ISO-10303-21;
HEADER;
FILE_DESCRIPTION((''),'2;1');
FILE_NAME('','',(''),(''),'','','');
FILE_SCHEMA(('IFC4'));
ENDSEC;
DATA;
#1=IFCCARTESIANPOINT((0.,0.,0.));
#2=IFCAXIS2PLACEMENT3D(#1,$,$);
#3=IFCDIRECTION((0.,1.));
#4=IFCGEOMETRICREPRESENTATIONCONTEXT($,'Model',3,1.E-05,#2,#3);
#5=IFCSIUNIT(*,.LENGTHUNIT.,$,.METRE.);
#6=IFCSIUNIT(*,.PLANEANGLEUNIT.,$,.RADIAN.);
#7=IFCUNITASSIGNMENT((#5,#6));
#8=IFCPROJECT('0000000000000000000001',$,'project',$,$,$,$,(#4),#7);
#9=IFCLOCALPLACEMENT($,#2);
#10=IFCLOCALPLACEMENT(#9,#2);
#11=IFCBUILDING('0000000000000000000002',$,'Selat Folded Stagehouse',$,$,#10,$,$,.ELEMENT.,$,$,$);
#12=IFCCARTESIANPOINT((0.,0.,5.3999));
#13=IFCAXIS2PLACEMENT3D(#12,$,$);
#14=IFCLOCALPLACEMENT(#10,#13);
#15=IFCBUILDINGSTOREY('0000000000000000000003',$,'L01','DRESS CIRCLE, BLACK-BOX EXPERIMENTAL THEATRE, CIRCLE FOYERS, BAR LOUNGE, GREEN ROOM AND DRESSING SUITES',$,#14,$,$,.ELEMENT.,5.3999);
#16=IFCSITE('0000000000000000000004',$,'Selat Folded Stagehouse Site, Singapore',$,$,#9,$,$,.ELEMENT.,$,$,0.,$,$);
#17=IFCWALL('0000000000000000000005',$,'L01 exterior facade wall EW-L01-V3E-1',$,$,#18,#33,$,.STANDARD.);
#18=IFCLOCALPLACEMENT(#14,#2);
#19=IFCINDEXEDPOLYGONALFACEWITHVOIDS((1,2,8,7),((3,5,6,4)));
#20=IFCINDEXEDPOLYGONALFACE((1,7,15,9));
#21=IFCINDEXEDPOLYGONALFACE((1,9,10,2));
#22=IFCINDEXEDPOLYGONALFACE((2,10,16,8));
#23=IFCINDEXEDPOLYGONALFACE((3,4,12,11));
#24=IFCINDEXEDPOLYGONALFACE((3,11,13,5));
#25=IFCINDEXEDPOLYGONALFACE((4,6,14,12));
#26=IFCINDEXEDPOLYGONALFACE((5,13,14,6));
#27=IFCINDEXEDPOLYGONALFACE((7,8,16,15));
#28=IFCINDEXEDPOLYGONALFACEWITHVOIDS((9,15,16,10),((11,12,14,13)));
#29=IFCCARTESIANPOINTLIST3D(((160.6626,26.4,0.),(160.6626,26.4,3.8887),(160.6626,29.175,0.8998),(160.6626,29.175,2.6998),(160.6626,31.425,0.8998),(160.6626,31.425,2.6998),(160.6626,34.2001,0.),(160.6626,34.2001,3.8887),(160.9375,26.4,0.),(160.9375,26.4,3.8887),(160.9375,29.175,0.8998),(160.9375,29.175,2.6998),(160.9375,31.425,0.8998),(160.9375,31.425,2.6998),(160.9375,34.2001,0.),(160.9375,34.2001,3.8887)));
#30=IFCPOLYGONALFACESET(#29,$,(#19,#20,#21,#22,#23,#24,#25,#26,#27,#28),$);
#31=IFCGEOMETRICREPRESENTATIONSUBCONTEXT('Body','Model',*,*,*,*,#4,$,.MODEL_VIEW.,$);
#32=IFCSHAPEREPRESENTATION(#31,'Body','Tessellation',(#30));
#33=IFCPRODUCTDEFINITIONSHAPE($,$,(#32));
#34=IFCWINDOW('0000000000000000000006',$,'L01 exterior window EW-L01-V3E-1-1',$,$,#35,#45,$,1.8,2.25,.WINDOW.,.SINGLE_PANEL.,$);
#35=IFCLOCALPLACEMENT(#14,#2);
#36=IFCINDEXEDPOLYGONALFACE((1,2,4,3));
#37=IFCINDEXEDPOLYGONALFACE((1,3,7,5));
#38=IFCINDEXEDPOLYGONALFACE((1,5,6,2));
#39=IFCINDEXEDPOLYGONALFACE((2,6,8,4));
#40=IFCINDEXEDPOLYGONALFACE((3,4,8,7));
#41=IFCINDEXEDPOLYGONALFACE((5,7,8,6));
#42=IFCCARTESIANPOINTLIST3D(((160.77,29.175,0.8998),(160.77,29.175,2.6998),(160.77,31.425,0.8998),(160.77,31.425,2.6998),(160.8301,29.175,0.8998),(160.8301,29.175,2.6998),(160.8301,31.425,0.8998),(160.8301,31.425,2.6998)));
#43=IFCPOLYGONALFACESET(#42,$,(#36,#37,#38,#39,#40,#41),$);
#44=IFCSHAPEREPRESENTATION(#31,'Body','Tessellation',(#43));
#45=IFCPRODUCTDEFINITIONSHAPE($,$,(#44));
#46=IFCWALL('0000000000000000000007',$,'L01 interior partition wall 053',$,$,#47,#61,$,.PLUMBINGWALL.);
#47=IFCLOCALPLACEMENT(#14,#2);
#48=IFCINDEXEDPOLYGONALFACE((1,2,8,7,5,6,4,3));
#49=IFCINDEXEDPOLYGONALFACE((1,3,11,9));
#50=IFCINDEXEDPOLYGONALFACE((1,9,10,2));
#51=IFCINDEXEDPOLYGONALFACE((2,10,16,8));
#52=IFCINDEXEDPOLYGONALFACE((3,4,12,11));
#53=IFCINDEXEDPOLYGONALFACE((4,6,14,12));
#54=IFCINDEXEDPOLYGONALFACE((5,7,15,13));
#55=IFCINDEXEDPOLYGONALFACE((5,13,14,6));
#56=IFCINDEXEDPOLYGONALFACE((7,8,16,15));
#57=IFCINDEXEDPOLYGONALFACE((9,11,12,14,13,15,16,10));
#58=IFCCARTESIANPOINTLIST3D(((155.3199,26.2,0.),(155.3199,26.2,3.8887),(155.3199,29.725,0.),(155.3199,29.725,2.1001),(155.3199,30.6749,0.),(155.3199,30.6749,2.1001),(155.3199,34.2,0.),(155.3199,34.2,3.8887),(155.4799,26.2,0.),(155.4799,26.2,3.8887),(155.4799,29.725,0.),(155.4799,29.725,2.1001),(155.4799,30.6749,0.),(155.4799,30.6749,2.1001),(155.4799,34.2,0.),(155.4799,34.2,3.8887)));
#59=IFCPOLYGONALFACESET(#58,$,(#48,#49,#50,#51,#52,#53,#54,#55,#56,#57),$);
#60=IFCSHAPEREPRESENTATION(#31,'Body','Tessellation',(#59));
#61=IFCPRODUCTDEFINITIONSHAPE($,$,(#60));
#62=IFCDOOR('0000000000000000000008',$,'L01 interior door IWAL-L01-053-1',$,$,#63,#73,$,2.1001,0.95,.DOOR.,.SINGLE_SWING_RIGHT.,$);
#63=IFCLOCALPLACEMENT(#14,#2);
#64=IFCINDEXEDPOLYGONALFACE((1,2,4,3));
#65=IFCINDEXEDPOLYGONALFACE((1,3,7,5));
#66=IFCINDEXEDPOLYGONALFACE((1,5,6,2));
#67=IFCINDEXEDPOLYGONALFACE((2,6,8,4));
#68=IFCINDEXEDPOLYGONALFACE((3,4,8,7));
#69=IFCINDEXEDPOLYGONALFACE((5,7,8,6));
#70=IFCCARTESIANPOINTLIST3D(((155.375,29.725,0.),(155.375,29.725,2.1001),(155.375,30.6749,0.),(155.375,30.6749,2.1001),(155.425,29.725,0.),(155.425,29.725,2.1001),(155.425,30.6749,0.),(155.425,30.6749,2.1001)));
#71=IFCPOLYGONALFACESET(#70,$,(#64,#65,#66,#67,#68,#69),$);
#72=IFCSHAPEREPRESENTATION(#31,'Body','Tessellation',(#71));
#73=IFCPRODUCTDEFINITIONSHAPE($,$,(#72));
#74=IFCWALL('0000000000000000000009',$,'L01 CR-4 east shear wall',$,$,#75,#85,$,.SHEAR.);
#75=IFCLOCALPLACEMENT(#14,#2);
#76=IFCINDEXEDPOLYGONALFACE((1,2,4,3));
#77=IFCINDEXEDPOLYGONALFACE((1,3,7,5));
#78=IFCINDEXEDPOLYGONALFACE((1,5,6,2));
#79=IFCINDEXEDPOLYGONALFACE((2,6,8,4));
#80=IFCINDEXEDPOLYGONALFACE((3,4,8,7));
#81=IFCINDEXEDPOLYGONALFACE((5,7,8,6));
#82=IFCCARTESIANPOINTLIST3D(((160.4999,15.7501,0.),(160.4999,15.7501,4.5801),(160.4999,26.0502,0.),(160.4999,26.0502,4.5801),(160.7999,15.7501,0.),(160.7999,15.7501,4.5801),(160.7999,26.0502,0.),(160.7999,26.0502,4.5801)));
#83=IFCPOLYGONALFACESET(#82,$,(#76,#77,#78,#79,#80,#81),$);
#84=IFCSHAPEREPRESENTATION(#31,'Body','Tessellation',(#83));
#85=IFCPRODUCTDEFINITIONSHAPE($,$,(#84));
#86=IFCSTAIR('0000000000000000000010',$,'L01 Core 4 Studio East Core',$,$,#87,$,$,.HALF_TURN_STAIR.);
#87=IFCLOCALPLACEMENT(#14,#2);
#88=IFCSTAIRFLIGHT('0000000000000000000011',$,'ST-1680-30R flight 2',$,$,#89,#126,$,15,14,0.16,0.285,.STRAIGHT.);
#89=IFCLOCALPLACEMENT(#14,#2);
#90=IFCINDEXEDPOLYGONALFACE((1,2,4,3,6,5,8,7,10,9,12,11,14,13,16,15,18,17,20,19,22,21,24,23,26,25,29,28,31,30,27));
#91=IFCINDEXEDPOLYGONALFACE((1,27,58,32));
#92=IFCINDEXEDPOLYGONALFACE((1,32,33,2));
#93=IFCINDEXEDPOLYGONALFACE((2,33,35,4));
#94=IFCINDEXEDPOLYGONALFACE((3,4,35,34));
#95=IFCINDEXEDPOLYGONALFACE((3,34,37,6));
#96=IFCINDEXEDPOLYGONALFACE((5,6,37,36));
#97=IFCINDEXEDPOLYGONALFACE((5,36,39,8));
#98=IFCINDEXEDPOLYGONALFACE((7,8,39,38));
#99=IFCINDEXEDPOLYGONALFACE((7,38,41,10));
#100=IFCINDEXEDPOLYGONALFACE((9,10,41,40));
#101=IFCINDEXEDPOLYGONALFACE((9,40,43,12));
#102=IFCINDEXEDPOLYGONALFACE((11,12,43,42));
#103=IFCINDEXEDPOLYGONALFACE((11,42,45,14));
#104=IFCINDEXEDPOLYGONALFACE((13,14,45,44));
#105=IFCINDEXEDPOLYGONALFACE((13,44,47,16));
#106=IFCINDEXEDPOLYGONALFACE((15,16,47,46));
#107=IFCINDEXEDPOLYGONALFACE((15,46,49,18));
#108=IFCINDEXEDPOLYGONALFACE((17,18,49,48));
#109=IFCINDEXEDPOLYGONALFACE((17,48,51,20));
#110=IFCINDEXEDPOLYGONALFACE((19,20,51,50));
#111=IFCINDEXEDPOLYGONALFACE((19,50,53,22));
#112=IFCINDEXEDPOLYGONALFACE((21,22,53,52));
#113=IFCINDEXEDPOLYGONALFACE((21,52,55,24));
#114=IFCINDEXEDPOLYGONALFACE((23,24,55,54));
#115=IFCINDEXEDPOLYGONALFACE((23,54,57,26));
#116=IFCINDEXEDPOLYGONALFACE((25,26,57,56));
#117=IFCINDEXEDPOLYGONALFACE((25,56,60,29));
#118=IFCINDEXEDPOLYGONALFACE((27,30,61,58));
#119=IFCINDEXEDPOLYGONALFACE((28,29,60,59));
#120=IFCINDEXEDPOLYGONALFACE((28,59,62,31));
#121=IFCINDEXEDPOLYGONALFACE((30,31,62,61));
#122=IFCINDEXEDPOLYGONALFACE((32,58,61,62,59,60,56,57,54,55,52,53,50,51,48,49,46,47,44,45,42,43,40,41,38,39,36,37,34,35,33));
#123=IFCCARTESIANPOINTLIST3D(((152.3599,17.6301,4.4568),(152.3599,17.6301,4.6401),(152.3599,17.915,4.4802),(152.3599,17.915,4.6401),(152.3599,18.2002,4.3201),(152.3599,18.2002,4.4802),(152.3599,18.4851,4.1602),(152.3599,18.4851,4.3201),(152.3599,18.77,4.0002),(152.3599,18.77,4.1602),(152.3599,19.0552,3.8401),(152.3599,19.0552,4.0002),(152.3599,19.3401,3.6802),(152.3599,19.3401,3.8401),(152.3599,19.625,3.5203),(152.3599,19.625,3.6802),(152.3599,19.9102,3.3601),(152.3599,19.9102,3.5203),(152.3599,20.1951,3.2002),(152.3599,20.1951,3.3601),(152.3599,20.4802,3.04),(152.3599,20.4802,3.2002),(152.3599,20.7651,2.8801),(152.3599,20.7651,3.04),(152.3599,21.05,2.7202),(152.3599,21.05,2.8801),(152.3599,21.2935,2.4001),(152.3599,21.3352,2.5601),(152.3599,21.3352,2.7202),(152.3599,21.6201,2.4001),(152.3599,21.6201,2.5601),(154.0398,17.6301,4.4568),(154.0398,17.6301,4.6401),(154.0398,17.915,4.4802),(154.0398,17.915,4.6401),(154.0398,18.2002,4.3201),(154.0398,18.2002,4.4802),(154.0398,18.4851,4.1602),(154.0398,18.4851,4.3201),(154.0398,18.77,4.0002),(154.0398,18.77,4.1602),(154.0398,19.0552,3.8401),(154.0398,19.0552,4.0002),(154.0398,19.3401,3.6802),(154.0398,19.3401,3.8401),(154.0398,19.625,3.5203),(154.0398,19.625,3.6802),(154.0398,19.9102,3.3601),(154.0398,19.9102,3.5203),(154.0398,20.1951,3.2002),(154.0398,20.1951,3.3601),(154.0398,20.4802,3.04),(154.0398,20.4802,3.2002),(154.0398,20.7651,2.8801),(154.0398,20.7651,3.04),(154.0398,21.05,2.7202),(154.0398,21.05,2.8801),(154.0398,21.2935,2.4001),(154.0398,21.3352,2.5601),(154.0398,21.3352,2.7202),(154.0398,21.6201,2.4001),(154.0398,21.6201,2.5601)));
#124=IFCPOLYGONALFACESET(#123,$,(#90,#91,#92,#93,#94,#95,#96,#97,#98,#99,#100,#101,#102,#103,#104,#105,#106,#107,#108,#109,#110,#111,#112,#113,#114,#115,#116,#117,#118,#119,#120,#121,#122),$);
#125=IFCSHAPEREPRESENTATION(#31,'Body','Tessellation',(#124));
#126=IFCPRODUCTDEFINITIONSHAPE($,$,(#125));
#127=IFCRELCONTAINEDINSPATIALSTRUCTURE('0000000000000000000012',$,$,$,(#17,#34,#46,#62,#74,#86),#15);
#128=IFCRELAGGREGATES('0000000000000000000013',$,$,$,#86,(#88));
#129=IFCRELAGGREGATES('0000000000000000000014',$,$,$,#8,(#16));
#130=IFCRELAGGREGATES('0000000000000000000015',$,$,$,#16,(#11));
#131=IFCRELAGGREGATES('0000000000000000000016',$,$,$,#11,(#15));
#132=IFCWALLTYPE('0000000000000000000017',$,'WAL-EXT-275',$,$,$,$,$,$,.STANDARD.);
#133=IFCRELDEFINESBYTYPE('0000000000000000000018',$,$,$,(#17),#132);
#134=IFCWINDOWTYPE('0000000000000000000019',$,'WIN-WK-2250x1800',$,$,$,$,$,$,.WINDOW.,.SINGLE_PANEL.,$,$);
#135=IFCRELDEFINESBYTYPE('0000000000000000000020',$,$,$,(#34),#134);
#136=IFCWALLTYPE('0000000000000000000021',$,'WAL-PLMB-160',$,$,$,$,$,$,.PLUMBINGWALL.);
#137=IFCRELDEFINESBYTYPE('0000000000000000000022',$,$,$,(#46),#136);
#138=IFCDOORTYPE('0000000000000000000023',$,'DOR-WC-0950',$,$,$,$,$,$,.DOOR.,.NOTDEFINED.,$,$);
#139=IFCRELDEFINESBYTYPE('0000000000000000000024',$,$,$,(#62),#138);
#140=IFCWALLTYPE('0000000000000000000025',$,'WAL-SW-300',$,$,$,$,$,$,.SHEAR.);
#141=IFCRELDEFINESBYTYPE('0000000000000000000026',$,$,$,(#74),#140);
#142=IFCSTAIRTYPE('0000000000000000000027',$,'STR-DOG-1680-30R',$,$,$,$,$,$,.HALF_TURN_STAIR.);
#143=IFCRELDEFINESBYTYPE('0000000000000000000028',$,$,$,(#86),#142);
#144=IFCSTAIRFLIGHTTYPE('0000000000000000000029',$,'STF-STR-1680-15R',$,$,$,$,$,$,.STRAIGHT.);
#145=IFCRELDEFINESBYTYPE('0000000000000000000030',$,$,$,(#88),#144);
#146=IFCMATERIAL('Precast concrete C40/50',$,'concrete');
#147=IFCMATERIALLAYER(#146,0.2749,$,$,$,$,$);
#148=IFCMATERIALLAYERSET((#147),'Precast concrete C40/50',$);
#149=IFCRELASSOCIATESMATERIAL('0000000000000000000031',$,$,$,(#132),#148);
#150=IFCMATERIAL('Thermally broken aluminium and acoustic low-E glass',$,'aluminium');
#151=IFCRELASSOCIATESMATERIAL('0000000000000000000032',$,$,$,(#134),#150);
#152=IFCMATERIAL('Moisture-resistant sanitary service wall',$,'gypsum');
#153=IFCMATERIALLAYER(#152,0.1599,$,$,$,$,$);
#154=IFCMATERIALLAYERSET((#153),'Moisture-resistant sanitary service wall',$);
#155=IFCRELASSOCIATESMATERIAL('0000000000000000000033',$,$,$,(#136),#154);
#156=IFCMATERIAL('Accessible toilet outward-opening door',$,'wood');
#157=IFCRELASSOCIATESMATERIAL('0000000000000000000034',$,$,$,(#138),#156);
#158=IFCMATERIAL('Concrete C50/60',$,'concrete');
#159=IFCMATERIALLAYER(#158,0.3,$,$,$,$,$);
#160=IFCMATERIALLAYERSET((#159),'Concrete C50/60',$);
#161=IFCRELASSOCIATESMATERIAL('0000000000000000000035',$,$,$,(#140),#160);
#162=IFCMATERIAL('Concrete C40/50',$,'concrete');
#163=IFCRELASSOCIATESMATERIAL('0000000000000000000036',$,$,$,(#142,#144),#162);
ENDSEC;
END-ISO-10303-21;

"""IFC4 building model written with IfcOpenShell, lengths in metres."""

from ifc_helpers import new_model, si_unit, direction, frame, frame_2d, origin, place, context, subcontext, project, spatial, polyline, rectangle, outline, extrude, material, layer, layer_set, type_object, element, fill, aggregate, save


model = new_model("IFC4")

# Units and contexts
model_context = context("Model", 3, precision=1e-05, world=origin(), true_north=direction((0.0, 1.0)))
body_context = subcontext(model_context, "Body", "Model", "MODEL_VIEW")
ifc_project = project(units=[si_unit("LENGTHUNIT", "METRE"), si_unit("PLANEANGLEUNIT", "RADIAN")], contexts=[model_context])

# Site, building, storey
site_placement = place(None, origin())
site = spatial("IfcSite", under=ifc_project, at=site_placement, Name="Selat Folded Stagehouse Site, Singapore", CompositionType="ELEMENT", RefElevation=0.0)
building_placement = place(site_placement, origin())
building = spatial("IfcBuilding", under=site, at=building_placement, Name="Selat Folded Stagehouse", CompositionType="ELEMENT")
storey_placement = place(building_placement, frame((0.0, 0.0, 5.3999)))
storey = spatial("IfcBuildingStorey", under=building, at=storey_placement, Name="L01", Description="DRESS CIRCLE, BLACK-BOX EXPERIMENTAL THEATRE, CIRCLE FOYERS, BAR LOUNGE, GREEN ROOM AND DRESSING SUITES", CompositionType="ELEMENT", Elevation=5.3999)

# Shared definitions
ifc_material_1 = material(Name="Concrete C40/50", Category="concrete")
ifc_material_2 = material(Name="Concrete C50/60", Category="concrete")

# Wall, opening, window
ifc_material_3 = material(Name="Precast concrete C40/50", Category="concrete")
ifc_layer_1 = layer(ifc_material_3, 0.2749)
ifc_layer_set_1 = layer_set([ifc_layer_1], Name="Precast concrete C40/50")
wall_type_1 = type_object("IfcWallType", Name="WAL-EXT-275", PredefinedType="STANDARD", material=ifc_layer_set_1)
wall_1_placement = place(storey_placement, frame((160.8, 34.2, 0.0), z_axis=(0.0, 0.0, 1.0), x_axis=(0.0, -1.0, 0.0)))
wall_1 = element("IfcWall", 1, at=wall_1_placement, inside=storey, type_object=wall_type_1, Name="L01 exterior facade wall EW-L01-V3E-1", PredefinedType="STANDARD", context=body_context, shape_type="SweptSolid", body=[
    extrude(rectangle(XDim=7.8, YDim=0.2749, at=frame_2d((3.8999, 0.0))), origin(), (0.0, 0.0, 1.0), 3.8887),
])
opening_1_placement = place(wall_1_placement, frame((2.7749, 0.0, 0.8999)))
opening_1 = element("IfcOpeningElement", 2, at=opening_1_placement, cuts=wall_1, PredefinedType="OPENING", context=body_context, shape_type="SweptSolid", body=[
    extrude(rectangle(XDim=2.25, YDim=1.8, at=frame_2d((1.125, 0.8999))), frame((0.0, 0.1475, 0.0), z_axis=(0.0, -1.0, 0.0), x_axis=(1.0, 0.0, 0.0)), (0.0, 0.0, 1.0), 0.2949),
])
ifc_material_4 = material(Name="Thermally broken aluminium and acoustic low-E glass", Category="aluminium")
window_type = type_object("IfcWindowType", Name="WIN-WK-2250x1800", PartitioningType="SINGLE_PANEL", PredefinedType="WINDOW", material=ifc_material_4)
window_placement = place(opening_1_placement, origin())
window = element("IfcWindow", 3, at=window_placement, inside=storey, type_object=window_type, Name="L01 exterior window EW-L01-V3E-1-1", OverallHeight=1.8, OverallWidth=2.25, PartitioningType="SINGLE_PANEL", PredefinedType="WINDOW", context=body_context, shape_type="SweptSolid", body=[
    extrude(rectangle(XDim=2.25, YDim=1.8, at=frame_2d((1.125, 0.8999))), frame((0.0, 0.03, 0.0), z_axis=(0.0, -1.0, 0.0), x_axis=(1.0, 0.0, 0.0)), (0.0, 0.0, 1.0), 0.0601),
])
fill(opening_1, window)

# Wall, opening, door
ifc_material_5 = material(Name="Moisture-resistant sanitary service wall", Category="gypsum")
ifc_layer_2 = layer(ifc_material_5, 0.1599)
ifc_layer_set_2 = layer_set([ifc_layer_2], Name="Moisture-resistant sanitary service wall")
wall_type_2 = type_object("IfcWallType", Name="WAL-PLMB-160", PredefinedType="PLUMBINGWALL", material=ifc_layer_set_2)
wall_2_placement = place(storey_placement, frame((155.3999, 26.2, 0.0), z_axis=(0.0, 0.0, 1.0), x_axis=(0.0, 1.0, 0.0)))
wall_2 = element("IfcWall", 4, at=wall_2_placement, inside=storey, type_object=wall_type_2, Name="L01 interior partition wall 053", PredefinedType="PLUMBINGWALL", context=body_context, shape_type="SweptSolid", body=[
    extrude(rectangle(XDim=8.0, YDim=0.1599, at=frame_2d((4.0, 0.0))), origin(), (0.0, 0.0, 1.0), 3.8887),
])
opening_2_placement = place(wall_2_placement, frame((3.5249, 0.0, 0.0)))
opening_2 = element("IfcOpeningElement", 5, at=opening_2_placement, cuts=wall_2, PredefinedType="OPENING", context=body_context, shape_type="SweptSolid", body=[
    extrude(rectangle(XDim=0.95, YDim=2.1001, at=frame_2d((0.4751, 1.05))), frame((0.0, 0.0898, 0.0), z_axis=(0.0, -1.0, 0.0), x_axis=(1.0, 0.0, 0.0)), (0.0, 0.0, 1.0), 0.1799),
])
ifc_material_6 = material(Name="Accessible toilet outward-opening door", Category="wood")
door_type_1 = type_object("IfcDoorType", Name="DOR-WC-0950", OperationType="NOTDEFINED", PredefinedType="DOOR", material=ifc_material_6)
door_1_placement = place(opening_2_placement, origin())
door_1 = element("IfcDoor", 6, at=door_1_placement, inside=storey, type_object=door_type_1, Name="L01 interior door IWAL-L01-053-1", OperationType="SINGLE_SWING_RIGHT", OverallHeight=2.1001, OverallWidth=0.95, PredefinedType="DOOR", context=body_context, shape_type="SweptSolid", body=[
    extrude(rectangle(XDim=0.95, YDim=2.1001, at=frame_2d((0.4751, 1.05))), frame((0.0, 0.0249, 0.0), z_axis=(0.0, -1.0, 0.0), x_axis=(1.0, 0.0, 0.0)), (0.0, 0.0, 1.0), 0.05),
])
fill(opening_2, door_1)

# Wall
ifc_layer_3 = layer(ifc_material_2, 0.3)
ifc_layer_set_3 = layer_set([ifc_layer_3], Name="Concrete C50/60")
wall_type_3 = type_object("IfcWallType", Name="WAL-SW-300", PredefinedType="SHEAR", material=ifc_layer_set_3)
wall_3_placement = place(storey_placement, frame((160.6499, 26.05, 0.0), z_axis=(0.0, 0.0, 1.0), x_axis=(0.0, -1.0, 0.0)))
element("IfcWall", 7, at=wall_3_placement, inside=storey, type_object=wall_type_3, Name="L01 CR-4 east shear wall", PredefinedType="SHEAR", context=body_context, shape_type="SweptSolid", body=[
    extrude(rectangle(XDim=10.3, YDim=0.3, at=frame_2d((5.1499, 0.0))), origin(), (0.0, 0.0, 1.0), 4.5801),
])

# Stair, stair flight
stair_type = type_object("IfcStairType", Name="STR-DOG-1680-30R", PredefinedType="HALF_TURN_STAIR", material=ifc_material_1)
stair_placement = place(storey_placement, origin())
stair = element("IfcStair", 8, at=stair_placement, inside=storey, type_object=stair_type, Name="L01 Core 4 Studio East Core", PredefinedType="HALF_TURN_STAIR")
stair_flight_type = type_object("IfcStairFlightType", Name="STF-STR-1680-15R", PredefinedType="STRAIGHT", material=ifc_material_1)
stair_flight_placement = place(storey_placement, frame((153.2, 21.6201, 2.4001), z_axis=(0.0, 0.0, 1.0), x_axis=(0.0, -1.0, 0.0)))
stair_flight = element("IfcStairFlight", 9, at=stair_flight_placement, type_object=stair_flight_type, Name="ST-1680-30R flight 2", NumberOfRisers=15, NumberOfTreads=14, PredefinedType="STRAIGHT", RiserHeight=0.16, TreadLength=0.285, context=body_context, shape_type="SweptSolid", body=[
    extrude(outline(polyline([(0.0, 0.0), (0.0, 0.1599), (0.2849, 0.1599), (0.2849, 0.3201), (0.5701, 0.3201), (0.5701, 0.48), (0.855, 0.48), (0.855, 0.6399), (1.1399, 0.6399), (1.1399, 0.8), (1.425, 0.8), (1.425, 0.96), (1.71, 0.96), (1.71, 1.1201), (1.9951, 1.1201), (1.9951, 1.28), (2.28, 1.28), (2.28, 1.4399), (2.5649, 1.4399), (2.5649, 1.6001), (2.8501, 1.6001), (2.8501, 1.76), (3.135, 1.76), (3.135, 1.9199), (3.4199, 1.9199), (3.4199, 2.0801), (3.7051, 2.0801), (3.7051, 2.24), (3.99, 2.24), (3.99, 2.3999), (3.99, 2.0566), (0.3267, 0.0), (0.0, 0.0)])), frame((0.0, 0.8398, 0.0), z_axis=(0.0, -1.0, 0.0), x_axis=(1.0, 0.0, 0.0)), (0.0, 0.0, 1.0), 1.6799),
])
aggregate(stair, [stair_flight])

save(model, "model.ifc")
